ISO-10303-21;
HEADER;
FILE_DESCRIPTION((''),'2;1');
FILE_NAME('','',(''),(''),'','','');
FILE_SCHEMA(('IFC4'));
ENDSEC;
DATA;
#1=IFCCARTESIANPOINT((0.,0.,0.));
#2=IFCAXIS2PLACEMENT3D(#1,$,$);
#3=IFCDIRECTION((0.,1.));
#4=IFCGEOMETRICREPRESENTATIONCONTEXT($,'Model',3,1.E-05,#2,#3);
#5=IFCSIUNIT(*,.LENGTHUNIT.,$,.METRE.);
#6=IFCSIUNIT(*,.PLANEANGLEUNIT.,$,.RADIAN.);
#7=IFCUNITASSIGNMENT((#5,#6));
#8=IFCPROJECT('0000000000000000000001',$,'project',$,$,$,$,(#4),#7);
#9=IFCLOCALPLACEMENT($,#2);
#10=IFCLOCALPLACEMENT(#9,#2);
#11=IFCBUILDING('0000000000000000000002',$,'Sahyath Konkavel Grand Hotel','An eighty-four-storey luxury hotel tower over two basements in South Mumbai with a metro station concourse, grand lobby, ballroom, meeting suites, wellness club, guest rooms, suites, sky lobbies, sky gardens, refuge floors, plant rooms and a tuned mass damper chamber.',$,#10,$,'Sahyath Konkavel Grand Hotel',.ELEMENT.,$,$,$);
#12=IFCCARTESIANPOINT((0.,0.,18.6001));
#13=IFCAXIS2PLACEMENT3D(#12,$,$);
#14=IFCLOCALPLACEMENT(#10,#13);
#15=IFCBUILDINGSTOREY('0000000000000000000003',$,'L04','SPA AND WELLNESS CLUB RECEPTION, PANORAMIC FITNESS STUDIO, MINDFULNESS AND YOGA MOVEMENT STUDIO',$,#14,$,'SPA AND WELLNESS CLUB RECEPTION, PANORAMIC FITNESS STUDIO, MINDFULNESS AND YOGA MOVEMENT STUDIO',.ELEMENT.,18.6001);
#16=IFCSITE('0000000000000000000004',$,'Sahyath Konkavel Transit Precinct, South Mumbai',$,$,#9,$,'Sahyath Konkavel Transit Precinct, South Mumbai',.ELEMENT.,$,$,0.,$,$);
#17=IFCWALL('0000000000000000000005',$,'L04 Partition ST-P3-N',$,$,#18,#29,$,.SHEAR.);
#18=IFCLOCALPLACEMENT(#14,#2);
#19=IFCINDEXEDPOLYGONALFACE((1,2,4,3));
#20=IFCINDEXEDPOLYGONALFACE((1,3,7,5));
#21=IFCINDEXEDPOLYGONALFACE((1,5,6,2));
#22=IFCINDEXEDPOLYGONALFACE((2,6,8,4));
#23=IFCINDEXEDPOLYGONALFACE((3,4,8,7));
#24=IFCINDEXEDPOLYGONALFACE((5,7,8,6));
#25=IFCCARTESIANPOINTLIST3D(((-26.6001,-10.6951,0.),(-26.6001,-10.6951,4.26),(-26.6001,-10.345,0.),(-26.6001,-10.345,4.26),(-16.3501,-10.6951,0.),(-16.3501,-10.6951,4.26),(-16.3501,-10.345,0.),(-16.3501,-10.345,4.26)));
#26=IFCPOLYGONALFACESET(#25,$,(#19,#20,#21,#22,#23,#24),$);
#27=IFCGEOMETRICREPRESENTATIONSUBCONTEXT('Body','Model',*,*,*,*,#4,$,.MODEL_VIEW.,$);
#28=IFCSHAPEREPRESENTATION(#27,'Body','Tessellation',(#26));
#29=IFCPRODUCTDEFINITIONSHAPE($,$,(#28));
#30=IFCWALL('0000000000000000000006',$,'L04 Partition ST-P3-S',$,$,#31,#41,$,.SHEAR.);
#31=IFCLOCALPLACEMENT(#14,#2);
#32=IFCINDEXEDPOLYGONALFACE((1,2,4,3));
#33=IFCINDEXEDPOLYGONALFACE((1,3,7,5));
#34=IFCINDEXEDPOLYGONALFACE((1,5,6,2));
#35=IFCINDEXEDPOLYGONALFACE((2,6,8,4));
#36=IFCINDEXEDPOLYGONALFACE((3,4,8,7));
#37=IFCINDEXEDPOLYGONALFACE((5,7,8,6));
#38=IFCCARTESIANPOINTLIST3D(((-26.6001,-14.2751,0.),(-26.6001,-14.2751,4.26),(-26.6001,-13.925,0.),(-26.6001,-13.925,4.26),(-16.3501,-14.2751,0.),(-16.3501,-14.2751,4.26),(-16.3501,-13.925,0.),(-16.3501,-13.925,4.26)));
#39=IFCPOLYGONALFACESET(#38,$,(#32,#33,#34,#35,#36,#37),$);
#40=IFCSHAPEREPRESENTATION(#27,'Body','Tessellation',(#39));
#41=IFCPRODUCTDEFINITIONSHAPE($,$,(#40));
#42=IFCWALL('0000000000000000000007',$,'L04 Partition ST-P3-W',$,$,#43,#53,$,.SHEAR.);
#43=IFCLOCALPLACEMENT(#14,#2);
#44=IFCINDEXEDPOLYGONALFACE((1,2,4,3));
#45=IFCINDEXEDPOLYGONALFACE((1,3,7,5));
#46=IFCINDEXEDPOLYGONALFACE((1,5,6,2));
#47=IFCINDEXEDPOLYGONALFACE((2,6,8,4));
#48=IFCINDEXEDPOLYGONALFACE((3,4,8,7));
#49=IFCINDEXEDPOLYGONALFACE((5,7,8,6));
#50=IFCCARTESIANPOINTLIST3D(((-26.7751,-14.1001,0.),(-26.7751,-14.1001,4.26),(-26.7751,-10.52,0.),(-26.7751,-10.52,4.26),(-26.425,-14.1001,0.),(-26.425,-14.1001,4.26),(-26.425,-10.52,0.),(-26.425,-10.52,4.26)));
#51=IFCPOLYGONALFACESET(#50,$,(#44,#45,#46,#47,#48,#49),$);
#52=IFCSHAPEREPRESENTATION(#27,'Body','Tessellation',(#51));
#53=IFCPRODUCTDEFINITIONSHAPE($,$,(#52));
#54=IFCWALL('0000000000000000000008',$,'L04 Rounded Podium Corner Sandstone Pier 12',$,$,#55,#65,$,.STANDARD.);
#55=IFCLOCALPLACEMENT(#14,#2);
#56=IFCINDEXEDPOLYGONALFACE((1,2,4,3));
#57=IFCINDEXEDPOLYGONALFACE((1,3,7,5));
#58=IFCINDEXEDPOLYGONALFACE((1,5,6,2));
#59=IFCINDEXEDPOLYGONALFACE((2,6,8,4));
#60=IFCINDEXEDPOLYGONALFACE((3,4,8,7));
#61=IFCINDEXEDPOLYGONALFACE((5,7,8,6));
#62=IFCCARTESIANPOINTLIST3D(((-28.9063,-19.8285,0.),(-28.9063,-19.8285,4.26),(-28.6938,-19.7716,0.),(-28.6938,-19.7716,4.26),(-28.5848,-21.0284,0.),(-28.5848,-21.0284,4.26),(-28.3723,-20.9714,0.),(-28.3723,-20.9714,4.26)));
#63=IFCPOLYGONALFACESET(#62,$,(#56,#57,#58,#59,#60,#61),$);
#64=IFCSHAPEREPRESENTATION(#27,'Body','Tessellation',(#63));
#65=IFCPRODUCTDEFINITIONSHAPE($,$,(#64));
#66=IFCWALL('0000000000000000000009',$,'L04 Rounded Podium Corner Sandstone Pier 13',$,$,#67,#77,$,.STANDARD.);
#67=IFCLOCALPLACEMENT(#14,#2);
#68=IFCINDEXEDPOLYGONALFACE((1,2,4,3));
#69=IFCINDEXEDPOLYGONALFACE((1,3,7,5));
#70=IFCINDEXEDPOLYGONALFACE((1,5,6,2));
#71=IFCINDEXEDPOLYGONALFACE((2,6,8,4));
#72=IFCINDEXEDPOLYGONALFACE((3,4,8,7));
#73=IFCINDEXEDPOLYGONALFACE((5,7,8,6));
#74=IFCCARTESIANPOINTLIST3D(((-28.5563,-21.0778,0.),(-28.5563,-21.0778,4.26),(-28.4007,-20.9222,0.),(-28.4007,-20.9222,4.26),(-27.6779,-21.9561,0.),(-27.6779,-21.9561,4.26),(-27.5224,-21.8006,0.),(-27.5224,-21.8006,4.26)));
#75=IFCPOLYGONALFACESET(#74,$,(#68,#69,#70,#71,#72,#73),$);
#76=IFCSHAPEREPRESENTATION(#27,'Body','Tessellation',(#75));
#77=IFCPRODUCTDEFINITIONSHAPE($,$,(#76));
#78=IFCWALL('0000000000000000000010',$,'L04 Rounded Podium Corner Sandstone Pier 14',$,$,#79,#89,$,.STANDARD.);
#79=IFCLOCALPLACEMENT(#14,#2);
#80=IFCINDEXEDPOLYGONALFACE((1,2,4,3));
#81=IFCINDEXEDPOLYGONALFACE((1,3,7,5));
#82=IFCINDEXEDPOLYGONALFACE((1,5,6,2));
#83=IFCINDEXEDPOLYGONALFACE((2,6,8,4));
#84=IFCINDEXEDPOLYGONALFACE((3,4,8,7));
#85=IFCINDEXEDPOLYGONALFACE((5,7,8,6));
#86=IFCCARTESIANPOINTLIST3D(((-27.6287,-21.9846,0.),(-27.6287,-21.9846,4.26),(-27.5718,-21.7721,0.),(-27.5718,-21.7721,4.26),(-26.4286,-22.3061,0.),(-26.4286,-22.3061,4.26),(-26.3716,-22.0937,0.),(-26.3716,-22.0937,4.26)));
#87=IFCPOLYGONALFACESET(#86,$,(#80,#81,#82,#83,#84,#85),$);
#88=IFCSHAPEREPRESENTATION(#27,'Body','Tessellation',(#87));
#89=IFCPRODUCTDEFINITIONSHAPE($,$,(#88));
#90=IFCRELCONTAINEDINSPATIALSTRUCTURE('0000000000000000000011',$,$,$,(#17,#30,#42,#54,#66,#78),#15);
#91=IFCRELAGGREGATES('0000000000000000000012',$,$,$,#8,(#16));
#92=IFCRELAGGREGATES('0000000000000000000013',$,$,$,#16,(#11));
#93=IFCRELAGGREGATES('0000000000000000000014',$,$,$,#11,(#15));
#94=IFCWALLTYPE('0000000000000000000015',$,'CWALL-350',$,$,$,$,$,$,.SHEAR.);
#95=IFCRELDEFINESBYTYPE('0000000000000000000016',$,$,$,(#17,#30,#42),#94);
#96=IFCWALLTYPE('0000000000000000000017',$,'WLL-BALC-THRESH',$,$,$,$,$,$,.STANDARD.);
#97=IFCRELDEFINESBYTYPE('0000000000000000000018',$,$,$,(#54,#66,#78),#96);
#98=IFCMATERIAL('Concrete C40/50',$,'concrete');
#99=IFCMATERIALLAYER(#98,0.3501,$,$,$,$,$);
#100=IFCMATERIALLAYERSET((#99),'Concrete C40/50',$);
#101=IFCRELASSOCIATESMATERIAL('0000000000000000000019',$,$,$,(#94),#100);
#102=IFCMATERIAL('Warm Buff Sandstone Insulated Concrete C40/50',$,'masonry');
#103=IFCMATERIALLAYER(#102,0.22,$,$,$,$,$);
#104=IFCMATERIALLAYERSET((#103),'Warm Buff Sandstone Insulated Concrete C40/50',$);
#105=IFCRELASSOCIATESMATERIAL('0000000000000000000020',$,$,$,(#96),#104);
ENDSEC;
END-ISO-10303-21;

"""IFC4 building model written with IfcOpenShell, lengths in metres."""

from ifc_helpers import new_model, si_unit, direction, frame, frame_2d, origin, place, context, subcontext, project, spatial, rectangle, extrude, material, layer, layer_set, type_object, element, save


model = new_model("IFC4")

# Units and contexts
model_context = context("Model", 3, precision=1e-05, world=origin(), true_north=direction((0.0, 1.0)))
body_context = subcontext(model_context, "Body", "Model", "MODEL_VIEW")
ifc_project = project(units=[si_unit("LENGTHUNIT", "METRE"), si_unit("PLANEANGLEUNIT", "RADIAN")], contexts=[model_context])

# Site, building, storey
site_placement = place(None, origin())
site = spatial("IfcSite", under=ifc_project, at=site_placement, Name="Sahyath Konkavel Transit Precinct, South Mumbai", LongName="Sahyath Konkavel Transit Precinct, South Mumbai", CompositionType="ELEMENT", RefElevation=0.0)
building_placement = place(site_placement, origin())
building = spatial("IfcBuilding", under=site, at=building_placement, Name="Sahyath Konkavel Grand Hotel", Description="An eighty-four-storey luxury hotel tower over two basements in South Mumbai with a metro station concourse, grand lobby, ballroom, meeting suites, wellness club, guest rooms, suites, sky lobbies, sky gardens, refuge floors, plant rooms and a tuned mass damper chamber.", LongName="Sahyath Konkavel Grand Hotel", CompositionType="ELEMENT")
storey_placement = place(building_placement, frame((0.0, 0.0, 18.6001)))
storey = spatial("IfcBuildingStorey", under=building, at=storey_placement, Name="L04", Description="SPA AND WELLNESS CLUB RECEPTION, PANORAMIC FITNESS STUDIO, MINDFULNESS AND YOGA MOVEMENT STUDIO", LongName="SPA AND WELLNESS CLUB RECEPTION, PANORAMIC FITNESS STUDIO, MINDFULNESS AND YOGA MOVEMENT STUDIO", CompositionType="ELEMENT", Elevation=18.6001)

# Walls
ifc_material_1 = material(Name="Concrete C40/50", Category="concrete")
ifc_layer_1 = layer(ifc_material_1, 0.3501)
ifc_layer_set_1 = layer_set([ifc_layer_1], Name="Concrete C40/50")
wall_type_1 = type_object("IfcWallType", Name="CWALL-350", PredefinedType="SHEAR", material=ifc_layer_set_1)
for number, where, z_axis, x_axis, name in (
    (1, (-26.6001, -10.52, 0.0), (0.0, 0.0, 1.0), (1.0, 0.0, 0.0), "L04 Partition ST-P3-N"),
    (2, (-26.6001, -14.1001, 0.0), (0.0, 0.0, 1.0), (1.0, 0.0, 0.0), "L04 Partition ST-P3-S"),
):
    element("IfcWall", number, at=place(storey_placement, frame(where, z_axis=z_axis, x_axis=x_axis)), inside=storey, type_object=wall_type_1, Name=name, PredefinedType="SHEAR", context=body_context, shape_type="SweptSolid", body=[
        extrude(rectangle(XDim=10.25, YDim=0.3501, at=frame_2d((5.125, 0.0))), origin(), (0.0, 0.0, 1.0), 4.26),
    ])
wall_1_placement = place(storey_placement, frame((-26.6001, -14.1001, 0.0), z_axis=(0.0, 0.0, 1.0), x_axis=(0.0, 1.0, 0.0)))
element("IfcWall", 3, at=wall_1_placement, inside=storey, type_object=wall_type_1, Name="L04 Partition ST-P3-W", PredefinedType="SHEAR", context=body_context, shape_type="SweptSolid", body=[
    extrude(rectangle(XDim=3.5801, YDim=0.3501, at=frame_2d((1.79, 0.0))), origin(), (0.0, 0.0, 1.0), 4.26),
])
ifc_material_2 = material(Name="Warm Buff Sandstone Insulated Concrete C40/50", Category="masonry")
ifc_layer_2 = layer(ifc_material_2, 0.22)
ifc_layer_set_2 = layer_set([ifc_layer_2], Name="Warm Buff Sandstone Insulated Concrete C40/50")
wall_type_2 = type_object("IfcWallType", Name="WLL-BALC-THRESH", PredefinedType="STANDARD", material=ifc_layer_set_2)
for number, where, z_axis, x_axis, name in (
    (4, (-28.8, -19.8, 0.0), (0.0, 0.0, 1.0), (0.258824, -0.965924, 0.0), "L04 Rounded Podium Corner Sandstone Pier 12"),
    (5, (-28.4785, -21.0, 0.0), (0.0, 0.0, 1.0), (0.707107, -0.707107, 0.0), "L04 Rounded Podium Corner Sandstone Pier 13"),
):
    element("IfcWall", number, at=place(storey_placement, frame(where, z_axis=z_axis, x_axis=x_axis)), inside=storey, type_object=wall_type_2, Name=name, PredefinedType="STANDARD", context=body_context, shape_type="SweptSolid", body=[
        extrude(rectangle(XDim=1.2422, YDim=0.22, at=frame_2d((0.6211, 0.0))), origin(), (0.0, 0.0, 1.0), 4.26),
    ])
wall_2_placement = place(storey_placement, frame((-27.6001, -21.8784, 0.0), z_axis=(0.0, 0.0, 1.0), x_axis=(0.965938, -0.258775, 0.0)))
element("IfcWall", 6, at=wall_2_placement, inside=storey, type_object=wall_type_2, Name="L04 Rounded Podium Corner Sandstone Pier 14", PredefinedType="STANDARD", context=body_context, shape_type="SweptSolid", body=[
    extrude(rectangle(XDim=1.2424, YDim=0.22, at=frame_2d((0.6211, 0.0))), origin(), (0.0, 0.0, 1.0), 4.26),
])

save(model, "model.ifc")
